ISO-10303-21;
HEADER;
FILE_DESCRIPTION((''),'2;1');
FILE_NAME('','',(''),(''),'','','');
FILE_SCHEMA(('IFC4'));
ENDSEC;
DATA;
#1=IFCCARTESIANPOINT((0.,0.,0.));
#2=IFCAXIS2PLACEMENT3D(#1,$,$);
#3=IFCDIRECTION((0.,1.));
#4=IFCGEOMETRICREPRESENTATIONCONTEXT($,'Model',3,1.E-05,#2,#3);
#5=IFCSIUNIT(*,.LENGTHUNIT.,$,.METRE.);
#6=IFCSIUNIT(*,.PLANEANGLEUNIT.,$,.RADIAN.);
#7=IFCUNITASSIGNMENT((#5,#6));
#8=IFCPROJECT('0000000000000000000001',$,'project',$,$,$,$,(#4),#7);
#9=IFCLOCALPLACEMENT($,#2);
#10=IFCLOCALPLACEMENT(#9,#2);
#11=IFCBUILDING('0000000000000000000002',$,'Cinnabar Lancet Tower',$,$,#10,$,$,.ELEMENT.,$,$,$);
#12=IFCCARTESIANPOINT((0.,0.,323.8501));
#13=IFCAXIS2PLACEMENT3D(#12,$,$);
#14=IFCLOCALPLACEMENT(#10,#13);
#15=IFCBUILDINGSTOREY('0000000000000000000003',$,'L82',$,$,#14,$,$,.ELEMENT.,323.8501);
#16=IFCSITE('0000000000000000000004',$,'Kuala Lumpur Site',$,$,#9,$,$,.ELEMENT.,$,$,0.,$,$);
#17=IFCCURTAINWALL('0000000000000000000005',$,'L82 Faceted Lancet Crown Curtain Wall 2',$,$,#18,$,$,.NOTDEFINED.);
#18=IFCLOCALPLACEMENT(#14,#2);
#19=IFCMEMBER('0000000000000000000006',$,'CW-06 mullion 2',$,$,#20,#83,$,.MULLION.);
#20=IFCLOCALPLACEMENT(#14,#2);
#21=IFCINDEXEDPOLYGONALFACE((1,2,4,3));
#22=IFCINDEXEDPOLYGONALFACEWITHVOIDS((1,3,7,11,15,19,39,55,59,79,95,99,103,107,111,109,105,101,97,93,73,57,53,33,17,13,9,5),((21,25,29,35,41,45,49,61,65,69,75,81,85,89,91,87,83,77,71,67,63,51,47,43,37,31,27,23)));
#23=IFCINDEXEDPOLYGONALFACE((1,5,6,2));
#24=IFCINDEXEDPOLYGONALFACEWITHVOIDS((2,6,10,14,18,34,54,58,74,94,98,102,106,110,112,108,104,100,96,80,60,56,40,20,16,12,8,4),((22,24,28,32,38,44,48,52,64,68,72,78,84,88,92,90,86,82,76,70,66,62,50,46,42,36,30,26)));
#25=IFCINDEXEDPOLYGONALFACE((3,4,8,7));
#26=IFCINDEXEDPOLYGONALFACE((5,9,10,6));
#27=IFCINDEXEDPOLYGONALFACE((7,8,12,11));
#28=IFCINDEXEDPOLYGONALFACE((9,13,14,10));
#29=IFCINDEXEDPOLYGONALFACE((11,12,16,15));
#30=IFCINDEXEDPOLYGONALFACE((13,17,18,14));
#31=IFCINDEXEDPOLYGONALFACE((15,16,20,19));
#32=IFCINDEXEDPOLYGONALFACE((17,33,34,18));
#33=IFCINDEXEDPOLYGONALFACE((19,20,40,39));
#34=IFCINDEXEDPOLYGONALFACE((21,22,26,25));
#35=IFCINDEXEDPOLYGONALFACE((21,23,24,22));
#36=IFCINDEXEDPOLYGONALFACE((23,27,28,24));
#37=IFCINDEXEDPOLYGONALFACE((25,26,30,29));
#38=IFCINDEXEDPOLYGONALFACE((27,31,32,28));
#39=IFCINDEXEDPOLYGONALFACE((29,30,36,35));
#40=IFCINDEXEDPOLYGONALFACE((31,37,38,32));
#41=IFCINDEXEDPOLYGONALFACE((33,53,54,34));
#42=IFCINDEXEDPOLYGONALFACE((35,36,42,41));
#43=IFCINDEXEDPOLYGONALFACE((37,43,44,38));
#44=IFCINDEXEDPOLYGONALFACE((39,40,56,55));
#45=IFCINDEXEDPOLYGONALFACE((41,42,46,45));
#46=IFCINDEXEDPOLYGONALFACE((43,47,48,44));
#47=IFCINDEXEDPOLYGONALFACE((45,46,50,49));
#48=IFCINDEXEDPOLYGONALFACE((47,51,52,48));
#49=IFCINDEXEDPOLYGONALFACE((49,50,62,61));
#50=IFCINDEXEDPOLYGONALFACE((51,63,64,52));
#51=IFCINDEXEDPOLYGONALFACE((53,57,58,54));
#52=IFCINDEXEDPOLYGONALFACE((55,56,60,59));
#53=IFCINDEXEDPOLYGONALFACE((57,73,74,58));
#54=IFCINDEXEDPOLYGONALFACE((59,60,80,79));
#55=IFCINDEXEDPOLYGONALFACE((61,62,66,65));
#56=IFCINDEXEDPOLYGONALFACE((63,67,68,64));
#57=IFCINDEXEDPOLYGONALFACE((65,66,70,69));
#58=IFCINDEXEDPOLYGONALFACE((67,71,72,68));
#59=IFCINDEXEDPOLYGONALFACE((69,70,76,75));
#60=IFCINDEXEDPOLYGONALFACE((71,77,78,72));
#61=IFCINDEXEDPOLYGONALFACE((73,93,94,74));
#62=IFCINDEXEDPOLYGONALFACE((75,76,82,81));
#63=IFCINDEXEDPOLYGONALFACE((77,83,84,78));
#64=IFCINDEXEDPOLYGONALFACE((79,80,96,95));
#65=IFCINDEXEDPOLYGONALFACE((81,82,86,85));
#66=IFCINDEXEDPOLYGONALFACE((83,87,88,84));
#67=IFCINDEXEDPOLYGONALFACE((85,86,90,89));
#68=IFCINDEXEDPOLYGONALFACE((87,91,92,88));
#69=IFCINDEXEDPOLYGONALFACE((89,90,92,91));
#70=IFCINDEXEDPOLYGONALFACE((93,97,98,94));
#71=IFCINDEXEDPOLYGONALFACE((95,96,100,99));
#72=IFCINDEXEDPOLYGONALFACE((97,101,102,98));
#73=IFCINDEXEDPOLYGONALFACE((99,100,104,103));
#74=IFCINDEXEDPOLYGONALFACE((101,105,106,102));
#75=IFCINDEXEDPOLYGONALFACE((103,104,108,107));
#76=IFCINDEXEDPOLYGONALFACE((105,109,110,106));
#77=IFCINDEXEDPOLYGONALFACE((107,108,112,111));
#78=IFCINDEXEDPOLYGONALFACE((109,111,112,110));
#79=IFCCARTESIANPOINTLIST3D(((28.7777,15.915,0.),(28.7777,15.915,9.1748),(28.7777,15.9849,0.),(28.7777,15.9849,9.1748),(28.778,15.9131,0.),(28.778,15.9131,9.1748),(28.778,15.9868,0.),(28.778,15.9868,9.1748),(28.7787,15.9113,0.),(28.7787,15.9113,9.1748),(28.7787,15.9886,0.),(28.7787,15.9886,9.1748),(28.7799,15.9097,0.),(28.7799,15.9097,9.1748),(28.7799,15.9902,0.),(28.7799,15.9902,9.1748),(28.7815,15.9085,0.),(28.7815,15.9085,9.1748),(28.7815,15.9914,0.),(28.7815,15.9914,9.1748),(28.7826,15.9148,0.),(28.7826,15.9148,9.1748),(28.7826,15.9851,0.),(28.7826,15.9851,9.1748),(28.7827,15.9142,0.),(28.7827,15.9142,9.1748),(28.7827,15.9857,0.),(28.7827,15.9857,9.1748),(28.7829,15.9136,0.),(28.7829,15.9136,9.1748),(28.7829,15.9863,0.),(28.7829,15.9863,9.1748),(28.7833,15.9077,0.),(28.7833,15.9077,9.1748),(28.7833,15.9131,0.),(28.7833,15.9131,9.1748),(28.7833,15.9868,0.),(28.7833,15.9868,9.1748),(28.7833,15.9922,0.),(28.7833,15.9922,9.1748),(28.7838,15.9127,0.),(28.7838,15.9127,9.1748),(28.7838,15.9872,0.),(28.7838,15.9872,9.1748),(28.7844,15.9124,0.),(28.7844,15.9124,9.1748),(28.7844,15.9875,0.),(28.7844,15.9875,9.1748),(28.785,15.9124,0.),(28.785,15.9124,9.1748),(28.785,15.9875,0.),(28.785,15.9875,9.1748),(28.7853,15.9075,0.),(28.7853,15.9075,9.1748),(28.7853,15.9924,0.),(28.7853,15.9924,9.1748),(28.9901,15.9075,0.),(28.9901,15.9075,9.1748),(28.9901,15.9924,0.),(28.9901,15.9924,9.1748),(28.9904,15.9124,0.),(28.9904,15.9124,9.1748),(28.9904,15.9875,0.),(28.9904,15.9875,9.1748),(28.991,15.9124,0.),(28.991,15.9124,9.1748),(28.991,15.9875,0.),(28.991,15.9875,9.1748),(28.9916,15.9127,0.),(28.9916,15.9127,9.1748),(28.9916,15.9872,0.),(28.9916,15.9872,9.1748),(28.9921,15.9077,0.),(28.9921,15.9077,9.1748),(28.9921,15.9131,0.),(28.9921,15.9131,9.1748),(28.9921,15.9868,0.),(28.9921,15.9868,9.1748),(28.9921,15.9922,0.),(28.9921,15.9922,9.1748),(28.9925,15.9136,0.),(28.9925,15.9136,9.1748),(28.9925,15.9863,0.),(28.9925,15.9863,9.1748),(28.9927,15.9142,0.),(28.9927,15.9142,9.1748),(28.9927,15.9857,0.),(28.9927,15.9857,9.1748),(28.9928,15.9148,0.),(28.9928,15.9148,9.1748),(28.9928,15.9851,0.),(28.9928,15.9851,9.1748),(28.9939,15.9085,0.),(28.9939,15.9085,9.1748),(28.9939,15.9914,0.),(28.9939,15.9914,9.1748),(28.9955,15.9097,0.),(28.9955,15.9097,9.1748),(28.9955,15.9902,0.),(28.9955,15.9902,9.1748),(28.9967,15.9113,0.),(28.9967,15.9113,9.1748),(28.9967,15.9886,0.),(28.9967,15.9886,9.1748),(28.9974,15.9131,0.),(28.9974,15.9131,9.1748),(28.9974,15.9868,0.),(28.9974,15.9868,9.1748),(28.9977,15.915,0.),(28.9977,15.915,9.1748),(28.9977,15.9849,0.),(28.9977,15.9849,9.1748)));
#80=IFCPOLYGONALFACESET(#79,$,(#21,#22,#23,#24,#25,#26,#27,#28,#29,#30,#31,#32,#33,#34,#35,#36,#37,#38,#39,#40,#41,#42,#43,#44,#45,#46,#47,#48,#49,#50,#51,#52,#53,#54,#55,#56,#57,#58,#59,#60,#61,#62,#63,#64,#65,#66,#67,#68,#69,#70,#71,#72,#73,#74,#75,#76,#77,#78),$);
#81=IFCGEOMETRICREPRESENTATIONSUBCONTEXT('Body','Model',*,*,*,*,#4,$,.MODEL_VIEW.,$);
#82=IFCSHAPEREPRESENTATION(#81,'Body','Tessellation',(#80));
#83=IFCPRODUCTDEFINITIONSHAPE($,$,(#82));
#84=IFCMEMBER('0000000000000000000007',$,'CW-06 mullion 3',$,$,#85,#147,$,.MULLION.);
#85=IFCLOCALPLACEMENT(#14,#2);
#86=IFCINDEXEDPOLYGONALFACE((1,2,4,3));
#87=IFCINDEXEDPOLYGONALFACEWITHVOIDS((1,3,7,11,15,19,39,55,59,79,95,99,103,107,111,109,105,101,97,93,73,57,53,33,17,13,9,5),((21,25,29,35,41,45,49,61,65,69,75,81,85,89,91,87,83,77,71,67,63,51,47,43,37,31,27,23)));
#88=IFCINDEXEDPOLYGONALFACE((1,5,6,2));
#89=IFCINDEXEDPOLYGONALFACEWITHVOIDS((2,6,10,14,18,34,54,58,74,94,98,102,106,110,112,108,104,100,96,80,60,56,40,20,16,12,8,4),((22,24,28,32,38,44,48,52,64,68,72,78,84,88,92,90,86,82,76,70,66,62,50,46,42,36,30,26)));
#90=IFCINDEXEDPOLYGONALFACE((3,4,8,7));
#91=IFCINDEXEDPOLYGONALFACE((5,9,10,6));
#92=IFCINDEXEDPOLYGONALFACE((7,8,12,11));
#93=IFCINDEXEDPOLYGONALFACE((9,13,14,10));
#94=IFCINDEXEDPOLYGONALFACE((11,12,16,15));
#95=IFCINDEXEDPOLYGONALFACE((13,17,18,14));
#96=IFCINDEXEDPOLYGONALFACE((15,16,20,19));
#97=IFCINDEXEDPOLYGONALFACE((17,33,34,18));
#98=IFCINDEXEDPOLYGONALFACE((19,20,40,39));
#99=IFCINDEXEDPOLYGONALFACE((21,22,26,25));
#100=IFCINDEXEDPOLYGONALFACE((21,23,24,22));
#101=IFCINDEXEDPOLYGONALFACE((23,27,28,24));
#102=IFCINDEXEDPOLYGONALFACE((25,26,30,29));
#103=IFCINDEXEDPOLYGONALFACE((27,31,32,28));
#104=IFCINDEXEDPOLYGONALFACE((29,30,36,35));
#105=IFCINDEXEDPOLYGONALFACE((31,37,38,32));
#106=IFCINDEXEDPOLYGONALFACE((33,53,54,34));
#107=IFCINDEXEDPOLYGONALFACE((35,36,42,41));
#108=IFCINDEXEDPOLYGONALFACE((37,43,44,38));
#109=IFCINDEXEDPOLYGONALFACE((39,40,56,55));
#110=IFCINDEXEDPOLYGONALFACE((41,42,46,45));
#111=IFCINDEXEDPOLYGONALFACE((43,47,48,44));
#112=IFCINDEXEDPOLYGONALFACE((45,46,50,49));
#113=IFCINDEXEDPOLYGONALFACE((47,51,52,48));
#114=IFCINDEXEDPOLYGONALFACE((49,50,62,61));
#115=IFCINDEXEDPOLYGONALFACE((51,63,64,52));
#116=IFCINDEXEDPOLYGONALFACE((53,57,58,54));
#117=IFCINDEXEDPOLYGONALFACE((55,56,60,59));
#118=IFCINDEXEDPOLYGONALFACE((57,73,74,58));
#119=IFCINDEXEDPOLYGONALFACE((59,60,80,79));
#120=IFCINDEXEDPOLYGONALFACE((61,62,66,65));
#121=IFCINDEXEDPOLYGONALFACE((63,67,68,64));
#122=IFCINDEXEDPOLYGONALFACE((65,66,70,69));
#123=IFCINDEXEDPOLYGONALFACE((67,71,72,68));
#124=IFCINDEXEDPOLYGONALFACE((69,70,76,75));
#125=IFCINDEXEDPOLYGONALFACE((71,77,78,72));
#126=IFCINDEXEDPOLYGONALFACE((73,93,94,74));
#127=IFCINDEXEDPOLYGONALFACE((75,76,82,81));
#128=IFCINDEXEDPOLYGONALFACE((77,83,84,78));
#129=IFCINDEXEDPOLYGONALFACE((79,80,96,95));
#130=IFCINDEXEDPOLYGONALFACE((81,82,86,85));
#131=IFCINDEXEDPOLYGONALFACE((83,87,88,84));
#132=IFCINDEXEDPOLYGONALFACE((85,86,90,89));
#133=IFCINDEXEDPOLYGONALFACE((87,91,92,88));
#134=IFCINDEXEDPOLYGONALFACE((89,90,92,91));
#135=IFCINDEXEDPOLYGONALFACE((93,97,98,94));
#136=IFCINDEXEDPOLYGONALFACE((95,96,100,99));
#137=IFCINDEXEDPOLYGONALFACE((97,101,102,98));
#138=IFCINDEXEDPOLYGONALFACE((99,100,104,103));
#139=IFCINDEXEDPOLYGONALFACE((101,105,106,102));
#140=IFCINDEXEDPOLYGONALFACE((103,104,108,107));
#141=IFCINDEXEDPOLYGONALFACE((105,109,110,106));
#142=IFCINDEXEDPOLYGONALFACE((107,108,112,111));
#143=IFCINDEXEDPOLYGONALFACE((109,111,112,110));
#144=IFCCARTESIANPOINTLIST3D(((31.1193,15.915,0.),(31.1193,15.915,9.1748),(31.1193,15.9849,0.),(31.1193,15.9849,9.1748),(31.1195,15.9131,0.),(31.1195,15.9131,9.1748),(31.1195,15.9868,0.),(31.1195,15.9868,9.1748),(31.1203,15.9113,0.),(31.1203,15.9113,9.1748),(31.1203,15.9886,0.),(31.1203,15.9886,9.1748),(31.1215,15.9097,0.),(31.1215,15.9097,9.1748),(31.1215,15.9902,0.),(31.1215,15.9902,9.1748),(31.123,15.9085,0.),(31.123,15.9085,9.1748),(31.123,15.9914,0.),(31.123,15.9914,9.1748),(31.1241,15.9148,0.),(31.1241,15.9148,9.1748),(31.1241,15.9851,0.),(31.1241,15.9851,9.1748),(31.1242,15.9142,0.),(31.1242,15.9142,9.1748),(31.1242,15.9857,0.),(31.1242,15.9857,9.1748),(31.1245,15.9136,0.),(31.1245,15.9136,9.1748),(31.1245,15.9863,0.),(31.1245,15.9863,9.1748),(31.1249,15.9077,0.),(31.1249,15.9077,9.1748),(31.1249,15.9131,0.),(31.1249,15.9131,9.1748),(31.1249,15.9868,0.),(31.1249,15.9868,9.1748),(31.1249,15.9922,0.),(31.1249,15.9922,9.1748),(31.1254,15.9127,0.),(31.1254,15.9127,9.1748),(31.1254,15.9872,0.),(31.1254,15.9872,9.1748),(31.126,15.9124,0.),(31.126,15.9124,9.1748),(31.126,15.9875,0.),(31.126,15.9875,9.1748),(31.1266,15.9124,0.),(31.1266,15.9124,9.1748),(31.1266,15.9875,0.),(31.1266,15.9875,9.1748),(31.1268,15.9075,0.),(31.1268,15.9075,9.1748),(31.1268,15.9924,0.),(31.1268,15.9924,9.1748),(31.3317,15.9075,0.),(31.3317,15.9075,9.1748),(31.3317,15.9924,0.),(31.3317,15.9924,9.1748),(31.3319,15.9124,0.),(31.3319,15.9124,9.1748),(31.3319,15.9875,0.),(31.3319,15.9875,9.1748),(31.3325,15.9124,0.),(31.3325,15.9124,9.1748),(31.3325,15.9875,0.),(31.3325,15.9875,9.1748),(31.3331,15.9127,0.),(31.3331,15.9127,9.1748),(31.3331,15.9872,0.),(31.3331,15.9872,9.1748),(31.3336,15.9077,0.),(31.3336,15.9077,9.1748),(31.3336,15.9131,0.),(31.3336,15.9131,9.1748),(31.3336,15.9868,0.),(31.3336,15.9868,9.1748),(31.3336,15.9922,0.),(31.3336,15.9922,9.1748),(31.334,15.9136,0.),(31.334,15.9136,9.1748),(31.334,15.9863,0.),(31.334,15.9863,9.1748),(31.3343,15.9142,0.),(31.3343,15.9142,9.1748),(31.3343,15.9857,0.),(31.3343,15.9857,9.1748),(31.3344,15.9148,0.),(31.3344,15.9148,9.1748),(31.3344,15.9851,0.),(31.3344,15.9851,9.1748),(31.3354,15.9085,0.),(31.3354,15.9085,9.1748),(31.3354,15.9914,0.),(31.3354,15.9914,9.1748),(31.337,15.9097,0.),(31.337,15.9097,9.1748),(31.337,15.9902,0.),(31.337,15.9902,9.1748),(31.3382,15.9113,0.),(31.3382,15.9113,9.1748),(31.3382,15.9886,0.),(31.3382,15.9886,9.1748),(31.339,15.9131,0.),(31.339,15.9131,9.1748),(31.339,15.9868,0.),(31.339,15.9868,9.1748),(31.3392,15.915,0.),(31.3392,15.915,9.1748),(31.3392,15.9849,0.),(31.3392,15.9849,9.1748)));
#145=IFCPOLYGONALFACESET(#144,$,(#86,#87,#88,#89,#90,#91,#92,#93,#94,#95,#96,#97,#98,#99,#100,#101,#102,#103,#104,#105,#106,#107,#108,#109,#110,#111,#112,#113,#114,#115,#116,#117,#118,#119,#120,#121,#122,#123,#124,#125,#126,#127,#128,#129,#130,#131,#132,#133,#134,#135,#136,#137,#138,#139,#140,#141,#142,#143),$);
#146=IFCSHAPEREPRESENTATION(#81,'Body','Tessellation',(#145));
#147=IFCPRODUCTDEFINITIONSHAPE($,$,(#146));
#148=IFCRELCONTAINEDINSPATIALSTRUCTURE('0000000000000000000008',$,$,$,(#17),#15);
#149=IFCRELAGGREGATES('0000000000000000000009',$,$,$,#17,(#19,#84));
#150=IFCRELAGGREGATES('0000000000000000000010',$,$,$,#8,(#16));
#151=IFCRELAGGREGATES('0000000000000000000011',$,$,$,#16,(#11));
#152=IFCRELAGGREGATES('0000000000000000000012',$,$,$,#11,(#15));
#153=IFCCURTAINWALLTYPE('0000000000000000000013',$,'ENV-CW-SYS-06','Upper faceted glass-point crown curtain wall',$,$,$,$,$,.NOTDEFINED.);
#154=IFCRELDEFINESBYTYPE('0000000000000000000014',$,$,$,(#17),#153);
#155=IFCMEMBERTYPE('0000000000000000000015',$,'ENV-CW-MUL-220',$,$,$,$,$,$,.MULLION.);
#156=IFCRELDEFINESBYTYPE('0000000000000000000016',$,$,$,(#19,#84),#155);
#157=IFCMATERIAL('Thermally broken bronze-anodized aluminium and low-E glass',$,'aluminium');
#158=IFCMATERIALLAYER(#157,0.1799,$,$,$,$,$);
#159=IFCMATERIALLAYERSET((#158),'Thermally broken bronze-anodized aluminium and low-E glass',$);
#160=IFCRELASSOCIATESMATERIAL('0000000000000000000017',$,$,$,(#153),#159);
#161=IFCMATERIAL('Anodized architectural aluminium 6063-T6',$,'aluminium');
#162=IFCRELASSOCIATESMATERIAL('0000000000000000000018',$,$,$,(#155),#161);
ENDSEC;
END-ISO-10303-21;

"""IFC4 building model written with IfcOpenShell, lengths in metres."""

from ifc_helpers import new_model, si_unit, direction, frame, origin, origin_2d, place, context, subcontext, project, spatial, hollow_rectangle, extrude, material, layer, layer_set, material_profile, profile_set, type_object, element, aggregate, save


model = new_model("IFC4")

# Units and contexts
model_context = context("Model", 3, precision=1e-05, world=origin(), true_north=direction((0.0, 1.0)))
body_context = subcontext(model_context, "Body", "Model", "MODEL_VIEW")
ifc_project = project(units=[si_unit("LENGTHUNIT", "METRE"), si_unit("PLANEANGLEUNIT", "RADIAN")], contexts=[model_context])

# Site, building, storey
site_placement = place(None, origin())
site = spatial("IfcSite", under=ifc_project, at=site_placement, Name="Kuala Lumpur Site", CompositionType="ELEMENT", RefElevation=0.0)
building_placement = place(site_placement, origin())
building = spatial("IfcBuilding", under=site, at=building_placement, Name="Cinnabar Lancet Tower", CompositionType="ELEMENT")
storey_placement = place(building_placement, frame((0.0, 0.0, 323.8501)))
storey = spatial("IfcBuildingStorey", under=building, at=storey_placement, Name="L82", CompositionType="ELEMENT", Elevation=323.8501)

# Curtain wall, members
ifc_material_1 = material(Name="Thermally broken bronze-anodized aluminium and low-E glass", Category="aluminium")
ifc_layer_1 = layer(ifc_material_1, 0.1799)
ifc_layer_set_1 = layer_set([ifc_layer_1], Name="Thermally broken bronze-anodized aluminium and low-E glass")
curtain_wall_type = type_object("IfcCurtainWallType", Name="ENV-CW-SYS-06", Description="Upper faceted glass-point crown curtain wall", PredefinedType="NOTDEFINED", material=ifc_layer_set_1)
curtain_wall_1_placement = place(storey_placement, origin())
curtain_wall_1 = element("IfcCurtainWall", 1, at=curtain_wall_1_placement, inside=storey, type_object=curtain_wall_type, Name="L82 Faceted Lancet Crown Curtain Wall 2", PredefinedType="NOTDEFINED")
ifc_material_2 = material(Name="Anodized architectural aluminium 6063-T6", Category="aluminium")
ifc_material_profile_1 = material_profile(ifc_material_2, hollow_rectangle(XDim=0.085, YDim=0.22, WallThickness=0.0049, InnerFilletRadius=0.0024, OuterFilletRadius=0.0076, at=origin_2d()), Name="CW-MUL 220x85x5")
ifc_profile_set_1 = profile_set([ifc_material_profile_1], Name="Anodized architectural aluminium 6063-T6")
member_type_1 = type_object("IfcMemberType", Name="ENV-CW-MUL-220", PredefinedType="MULLION", material=ifc_profile_set_1)
member_1_placement = place(storey_placement, frame((28.8877, 15.95, 0.0), z_axis=(0.0, 0.0, 1.0), x_axis=(0.0, 1.0, 0.0)))
member_1 = element("IfcMember", 2, at=member_1_placement, type_object=member_type_1, Name="CW-06 mullion 2", PredefinedType="MULLION", context=body_context, shape_type="SweptSolid", body=[
    extrude(hollow_rectangle(XDim=0.085, YDim=0.22, WallThickness=0.0049, InnerFilletRadius=0.0024, OuterFilletRadius=0.0076, at=origin_2d()), origin(), (0.0, 0.0, 1.0), 9.1748),
])
member_2_placement = place(storey_placement, frame((31.2292, 15.95, 0.0), z_axis=(0.0, 0.0, 1.0), x_axis=(0.0, 1.0, 0.0)))
member_2 = element("IfcMember", 3, at=member_2_placement, type_object=member_type_1, Name="CW-06 mullion 3", PredefinedType="MULLION", context=body_context, shape_type="SweptSolid", body=[
    extrude(hollow_rectangle(XDim=0.085, YDim=0.22, WallThickness=0.0049, InnerFilletRadius=0.0024, OuterFilletRadius=0.0076, at=origin_2d()), origin(), (0.0, 0.0, 1.0), 9.1748),
])

aggregate(curtain_wall_1, [member_1, member_2])

save(model, "model.ifc")
